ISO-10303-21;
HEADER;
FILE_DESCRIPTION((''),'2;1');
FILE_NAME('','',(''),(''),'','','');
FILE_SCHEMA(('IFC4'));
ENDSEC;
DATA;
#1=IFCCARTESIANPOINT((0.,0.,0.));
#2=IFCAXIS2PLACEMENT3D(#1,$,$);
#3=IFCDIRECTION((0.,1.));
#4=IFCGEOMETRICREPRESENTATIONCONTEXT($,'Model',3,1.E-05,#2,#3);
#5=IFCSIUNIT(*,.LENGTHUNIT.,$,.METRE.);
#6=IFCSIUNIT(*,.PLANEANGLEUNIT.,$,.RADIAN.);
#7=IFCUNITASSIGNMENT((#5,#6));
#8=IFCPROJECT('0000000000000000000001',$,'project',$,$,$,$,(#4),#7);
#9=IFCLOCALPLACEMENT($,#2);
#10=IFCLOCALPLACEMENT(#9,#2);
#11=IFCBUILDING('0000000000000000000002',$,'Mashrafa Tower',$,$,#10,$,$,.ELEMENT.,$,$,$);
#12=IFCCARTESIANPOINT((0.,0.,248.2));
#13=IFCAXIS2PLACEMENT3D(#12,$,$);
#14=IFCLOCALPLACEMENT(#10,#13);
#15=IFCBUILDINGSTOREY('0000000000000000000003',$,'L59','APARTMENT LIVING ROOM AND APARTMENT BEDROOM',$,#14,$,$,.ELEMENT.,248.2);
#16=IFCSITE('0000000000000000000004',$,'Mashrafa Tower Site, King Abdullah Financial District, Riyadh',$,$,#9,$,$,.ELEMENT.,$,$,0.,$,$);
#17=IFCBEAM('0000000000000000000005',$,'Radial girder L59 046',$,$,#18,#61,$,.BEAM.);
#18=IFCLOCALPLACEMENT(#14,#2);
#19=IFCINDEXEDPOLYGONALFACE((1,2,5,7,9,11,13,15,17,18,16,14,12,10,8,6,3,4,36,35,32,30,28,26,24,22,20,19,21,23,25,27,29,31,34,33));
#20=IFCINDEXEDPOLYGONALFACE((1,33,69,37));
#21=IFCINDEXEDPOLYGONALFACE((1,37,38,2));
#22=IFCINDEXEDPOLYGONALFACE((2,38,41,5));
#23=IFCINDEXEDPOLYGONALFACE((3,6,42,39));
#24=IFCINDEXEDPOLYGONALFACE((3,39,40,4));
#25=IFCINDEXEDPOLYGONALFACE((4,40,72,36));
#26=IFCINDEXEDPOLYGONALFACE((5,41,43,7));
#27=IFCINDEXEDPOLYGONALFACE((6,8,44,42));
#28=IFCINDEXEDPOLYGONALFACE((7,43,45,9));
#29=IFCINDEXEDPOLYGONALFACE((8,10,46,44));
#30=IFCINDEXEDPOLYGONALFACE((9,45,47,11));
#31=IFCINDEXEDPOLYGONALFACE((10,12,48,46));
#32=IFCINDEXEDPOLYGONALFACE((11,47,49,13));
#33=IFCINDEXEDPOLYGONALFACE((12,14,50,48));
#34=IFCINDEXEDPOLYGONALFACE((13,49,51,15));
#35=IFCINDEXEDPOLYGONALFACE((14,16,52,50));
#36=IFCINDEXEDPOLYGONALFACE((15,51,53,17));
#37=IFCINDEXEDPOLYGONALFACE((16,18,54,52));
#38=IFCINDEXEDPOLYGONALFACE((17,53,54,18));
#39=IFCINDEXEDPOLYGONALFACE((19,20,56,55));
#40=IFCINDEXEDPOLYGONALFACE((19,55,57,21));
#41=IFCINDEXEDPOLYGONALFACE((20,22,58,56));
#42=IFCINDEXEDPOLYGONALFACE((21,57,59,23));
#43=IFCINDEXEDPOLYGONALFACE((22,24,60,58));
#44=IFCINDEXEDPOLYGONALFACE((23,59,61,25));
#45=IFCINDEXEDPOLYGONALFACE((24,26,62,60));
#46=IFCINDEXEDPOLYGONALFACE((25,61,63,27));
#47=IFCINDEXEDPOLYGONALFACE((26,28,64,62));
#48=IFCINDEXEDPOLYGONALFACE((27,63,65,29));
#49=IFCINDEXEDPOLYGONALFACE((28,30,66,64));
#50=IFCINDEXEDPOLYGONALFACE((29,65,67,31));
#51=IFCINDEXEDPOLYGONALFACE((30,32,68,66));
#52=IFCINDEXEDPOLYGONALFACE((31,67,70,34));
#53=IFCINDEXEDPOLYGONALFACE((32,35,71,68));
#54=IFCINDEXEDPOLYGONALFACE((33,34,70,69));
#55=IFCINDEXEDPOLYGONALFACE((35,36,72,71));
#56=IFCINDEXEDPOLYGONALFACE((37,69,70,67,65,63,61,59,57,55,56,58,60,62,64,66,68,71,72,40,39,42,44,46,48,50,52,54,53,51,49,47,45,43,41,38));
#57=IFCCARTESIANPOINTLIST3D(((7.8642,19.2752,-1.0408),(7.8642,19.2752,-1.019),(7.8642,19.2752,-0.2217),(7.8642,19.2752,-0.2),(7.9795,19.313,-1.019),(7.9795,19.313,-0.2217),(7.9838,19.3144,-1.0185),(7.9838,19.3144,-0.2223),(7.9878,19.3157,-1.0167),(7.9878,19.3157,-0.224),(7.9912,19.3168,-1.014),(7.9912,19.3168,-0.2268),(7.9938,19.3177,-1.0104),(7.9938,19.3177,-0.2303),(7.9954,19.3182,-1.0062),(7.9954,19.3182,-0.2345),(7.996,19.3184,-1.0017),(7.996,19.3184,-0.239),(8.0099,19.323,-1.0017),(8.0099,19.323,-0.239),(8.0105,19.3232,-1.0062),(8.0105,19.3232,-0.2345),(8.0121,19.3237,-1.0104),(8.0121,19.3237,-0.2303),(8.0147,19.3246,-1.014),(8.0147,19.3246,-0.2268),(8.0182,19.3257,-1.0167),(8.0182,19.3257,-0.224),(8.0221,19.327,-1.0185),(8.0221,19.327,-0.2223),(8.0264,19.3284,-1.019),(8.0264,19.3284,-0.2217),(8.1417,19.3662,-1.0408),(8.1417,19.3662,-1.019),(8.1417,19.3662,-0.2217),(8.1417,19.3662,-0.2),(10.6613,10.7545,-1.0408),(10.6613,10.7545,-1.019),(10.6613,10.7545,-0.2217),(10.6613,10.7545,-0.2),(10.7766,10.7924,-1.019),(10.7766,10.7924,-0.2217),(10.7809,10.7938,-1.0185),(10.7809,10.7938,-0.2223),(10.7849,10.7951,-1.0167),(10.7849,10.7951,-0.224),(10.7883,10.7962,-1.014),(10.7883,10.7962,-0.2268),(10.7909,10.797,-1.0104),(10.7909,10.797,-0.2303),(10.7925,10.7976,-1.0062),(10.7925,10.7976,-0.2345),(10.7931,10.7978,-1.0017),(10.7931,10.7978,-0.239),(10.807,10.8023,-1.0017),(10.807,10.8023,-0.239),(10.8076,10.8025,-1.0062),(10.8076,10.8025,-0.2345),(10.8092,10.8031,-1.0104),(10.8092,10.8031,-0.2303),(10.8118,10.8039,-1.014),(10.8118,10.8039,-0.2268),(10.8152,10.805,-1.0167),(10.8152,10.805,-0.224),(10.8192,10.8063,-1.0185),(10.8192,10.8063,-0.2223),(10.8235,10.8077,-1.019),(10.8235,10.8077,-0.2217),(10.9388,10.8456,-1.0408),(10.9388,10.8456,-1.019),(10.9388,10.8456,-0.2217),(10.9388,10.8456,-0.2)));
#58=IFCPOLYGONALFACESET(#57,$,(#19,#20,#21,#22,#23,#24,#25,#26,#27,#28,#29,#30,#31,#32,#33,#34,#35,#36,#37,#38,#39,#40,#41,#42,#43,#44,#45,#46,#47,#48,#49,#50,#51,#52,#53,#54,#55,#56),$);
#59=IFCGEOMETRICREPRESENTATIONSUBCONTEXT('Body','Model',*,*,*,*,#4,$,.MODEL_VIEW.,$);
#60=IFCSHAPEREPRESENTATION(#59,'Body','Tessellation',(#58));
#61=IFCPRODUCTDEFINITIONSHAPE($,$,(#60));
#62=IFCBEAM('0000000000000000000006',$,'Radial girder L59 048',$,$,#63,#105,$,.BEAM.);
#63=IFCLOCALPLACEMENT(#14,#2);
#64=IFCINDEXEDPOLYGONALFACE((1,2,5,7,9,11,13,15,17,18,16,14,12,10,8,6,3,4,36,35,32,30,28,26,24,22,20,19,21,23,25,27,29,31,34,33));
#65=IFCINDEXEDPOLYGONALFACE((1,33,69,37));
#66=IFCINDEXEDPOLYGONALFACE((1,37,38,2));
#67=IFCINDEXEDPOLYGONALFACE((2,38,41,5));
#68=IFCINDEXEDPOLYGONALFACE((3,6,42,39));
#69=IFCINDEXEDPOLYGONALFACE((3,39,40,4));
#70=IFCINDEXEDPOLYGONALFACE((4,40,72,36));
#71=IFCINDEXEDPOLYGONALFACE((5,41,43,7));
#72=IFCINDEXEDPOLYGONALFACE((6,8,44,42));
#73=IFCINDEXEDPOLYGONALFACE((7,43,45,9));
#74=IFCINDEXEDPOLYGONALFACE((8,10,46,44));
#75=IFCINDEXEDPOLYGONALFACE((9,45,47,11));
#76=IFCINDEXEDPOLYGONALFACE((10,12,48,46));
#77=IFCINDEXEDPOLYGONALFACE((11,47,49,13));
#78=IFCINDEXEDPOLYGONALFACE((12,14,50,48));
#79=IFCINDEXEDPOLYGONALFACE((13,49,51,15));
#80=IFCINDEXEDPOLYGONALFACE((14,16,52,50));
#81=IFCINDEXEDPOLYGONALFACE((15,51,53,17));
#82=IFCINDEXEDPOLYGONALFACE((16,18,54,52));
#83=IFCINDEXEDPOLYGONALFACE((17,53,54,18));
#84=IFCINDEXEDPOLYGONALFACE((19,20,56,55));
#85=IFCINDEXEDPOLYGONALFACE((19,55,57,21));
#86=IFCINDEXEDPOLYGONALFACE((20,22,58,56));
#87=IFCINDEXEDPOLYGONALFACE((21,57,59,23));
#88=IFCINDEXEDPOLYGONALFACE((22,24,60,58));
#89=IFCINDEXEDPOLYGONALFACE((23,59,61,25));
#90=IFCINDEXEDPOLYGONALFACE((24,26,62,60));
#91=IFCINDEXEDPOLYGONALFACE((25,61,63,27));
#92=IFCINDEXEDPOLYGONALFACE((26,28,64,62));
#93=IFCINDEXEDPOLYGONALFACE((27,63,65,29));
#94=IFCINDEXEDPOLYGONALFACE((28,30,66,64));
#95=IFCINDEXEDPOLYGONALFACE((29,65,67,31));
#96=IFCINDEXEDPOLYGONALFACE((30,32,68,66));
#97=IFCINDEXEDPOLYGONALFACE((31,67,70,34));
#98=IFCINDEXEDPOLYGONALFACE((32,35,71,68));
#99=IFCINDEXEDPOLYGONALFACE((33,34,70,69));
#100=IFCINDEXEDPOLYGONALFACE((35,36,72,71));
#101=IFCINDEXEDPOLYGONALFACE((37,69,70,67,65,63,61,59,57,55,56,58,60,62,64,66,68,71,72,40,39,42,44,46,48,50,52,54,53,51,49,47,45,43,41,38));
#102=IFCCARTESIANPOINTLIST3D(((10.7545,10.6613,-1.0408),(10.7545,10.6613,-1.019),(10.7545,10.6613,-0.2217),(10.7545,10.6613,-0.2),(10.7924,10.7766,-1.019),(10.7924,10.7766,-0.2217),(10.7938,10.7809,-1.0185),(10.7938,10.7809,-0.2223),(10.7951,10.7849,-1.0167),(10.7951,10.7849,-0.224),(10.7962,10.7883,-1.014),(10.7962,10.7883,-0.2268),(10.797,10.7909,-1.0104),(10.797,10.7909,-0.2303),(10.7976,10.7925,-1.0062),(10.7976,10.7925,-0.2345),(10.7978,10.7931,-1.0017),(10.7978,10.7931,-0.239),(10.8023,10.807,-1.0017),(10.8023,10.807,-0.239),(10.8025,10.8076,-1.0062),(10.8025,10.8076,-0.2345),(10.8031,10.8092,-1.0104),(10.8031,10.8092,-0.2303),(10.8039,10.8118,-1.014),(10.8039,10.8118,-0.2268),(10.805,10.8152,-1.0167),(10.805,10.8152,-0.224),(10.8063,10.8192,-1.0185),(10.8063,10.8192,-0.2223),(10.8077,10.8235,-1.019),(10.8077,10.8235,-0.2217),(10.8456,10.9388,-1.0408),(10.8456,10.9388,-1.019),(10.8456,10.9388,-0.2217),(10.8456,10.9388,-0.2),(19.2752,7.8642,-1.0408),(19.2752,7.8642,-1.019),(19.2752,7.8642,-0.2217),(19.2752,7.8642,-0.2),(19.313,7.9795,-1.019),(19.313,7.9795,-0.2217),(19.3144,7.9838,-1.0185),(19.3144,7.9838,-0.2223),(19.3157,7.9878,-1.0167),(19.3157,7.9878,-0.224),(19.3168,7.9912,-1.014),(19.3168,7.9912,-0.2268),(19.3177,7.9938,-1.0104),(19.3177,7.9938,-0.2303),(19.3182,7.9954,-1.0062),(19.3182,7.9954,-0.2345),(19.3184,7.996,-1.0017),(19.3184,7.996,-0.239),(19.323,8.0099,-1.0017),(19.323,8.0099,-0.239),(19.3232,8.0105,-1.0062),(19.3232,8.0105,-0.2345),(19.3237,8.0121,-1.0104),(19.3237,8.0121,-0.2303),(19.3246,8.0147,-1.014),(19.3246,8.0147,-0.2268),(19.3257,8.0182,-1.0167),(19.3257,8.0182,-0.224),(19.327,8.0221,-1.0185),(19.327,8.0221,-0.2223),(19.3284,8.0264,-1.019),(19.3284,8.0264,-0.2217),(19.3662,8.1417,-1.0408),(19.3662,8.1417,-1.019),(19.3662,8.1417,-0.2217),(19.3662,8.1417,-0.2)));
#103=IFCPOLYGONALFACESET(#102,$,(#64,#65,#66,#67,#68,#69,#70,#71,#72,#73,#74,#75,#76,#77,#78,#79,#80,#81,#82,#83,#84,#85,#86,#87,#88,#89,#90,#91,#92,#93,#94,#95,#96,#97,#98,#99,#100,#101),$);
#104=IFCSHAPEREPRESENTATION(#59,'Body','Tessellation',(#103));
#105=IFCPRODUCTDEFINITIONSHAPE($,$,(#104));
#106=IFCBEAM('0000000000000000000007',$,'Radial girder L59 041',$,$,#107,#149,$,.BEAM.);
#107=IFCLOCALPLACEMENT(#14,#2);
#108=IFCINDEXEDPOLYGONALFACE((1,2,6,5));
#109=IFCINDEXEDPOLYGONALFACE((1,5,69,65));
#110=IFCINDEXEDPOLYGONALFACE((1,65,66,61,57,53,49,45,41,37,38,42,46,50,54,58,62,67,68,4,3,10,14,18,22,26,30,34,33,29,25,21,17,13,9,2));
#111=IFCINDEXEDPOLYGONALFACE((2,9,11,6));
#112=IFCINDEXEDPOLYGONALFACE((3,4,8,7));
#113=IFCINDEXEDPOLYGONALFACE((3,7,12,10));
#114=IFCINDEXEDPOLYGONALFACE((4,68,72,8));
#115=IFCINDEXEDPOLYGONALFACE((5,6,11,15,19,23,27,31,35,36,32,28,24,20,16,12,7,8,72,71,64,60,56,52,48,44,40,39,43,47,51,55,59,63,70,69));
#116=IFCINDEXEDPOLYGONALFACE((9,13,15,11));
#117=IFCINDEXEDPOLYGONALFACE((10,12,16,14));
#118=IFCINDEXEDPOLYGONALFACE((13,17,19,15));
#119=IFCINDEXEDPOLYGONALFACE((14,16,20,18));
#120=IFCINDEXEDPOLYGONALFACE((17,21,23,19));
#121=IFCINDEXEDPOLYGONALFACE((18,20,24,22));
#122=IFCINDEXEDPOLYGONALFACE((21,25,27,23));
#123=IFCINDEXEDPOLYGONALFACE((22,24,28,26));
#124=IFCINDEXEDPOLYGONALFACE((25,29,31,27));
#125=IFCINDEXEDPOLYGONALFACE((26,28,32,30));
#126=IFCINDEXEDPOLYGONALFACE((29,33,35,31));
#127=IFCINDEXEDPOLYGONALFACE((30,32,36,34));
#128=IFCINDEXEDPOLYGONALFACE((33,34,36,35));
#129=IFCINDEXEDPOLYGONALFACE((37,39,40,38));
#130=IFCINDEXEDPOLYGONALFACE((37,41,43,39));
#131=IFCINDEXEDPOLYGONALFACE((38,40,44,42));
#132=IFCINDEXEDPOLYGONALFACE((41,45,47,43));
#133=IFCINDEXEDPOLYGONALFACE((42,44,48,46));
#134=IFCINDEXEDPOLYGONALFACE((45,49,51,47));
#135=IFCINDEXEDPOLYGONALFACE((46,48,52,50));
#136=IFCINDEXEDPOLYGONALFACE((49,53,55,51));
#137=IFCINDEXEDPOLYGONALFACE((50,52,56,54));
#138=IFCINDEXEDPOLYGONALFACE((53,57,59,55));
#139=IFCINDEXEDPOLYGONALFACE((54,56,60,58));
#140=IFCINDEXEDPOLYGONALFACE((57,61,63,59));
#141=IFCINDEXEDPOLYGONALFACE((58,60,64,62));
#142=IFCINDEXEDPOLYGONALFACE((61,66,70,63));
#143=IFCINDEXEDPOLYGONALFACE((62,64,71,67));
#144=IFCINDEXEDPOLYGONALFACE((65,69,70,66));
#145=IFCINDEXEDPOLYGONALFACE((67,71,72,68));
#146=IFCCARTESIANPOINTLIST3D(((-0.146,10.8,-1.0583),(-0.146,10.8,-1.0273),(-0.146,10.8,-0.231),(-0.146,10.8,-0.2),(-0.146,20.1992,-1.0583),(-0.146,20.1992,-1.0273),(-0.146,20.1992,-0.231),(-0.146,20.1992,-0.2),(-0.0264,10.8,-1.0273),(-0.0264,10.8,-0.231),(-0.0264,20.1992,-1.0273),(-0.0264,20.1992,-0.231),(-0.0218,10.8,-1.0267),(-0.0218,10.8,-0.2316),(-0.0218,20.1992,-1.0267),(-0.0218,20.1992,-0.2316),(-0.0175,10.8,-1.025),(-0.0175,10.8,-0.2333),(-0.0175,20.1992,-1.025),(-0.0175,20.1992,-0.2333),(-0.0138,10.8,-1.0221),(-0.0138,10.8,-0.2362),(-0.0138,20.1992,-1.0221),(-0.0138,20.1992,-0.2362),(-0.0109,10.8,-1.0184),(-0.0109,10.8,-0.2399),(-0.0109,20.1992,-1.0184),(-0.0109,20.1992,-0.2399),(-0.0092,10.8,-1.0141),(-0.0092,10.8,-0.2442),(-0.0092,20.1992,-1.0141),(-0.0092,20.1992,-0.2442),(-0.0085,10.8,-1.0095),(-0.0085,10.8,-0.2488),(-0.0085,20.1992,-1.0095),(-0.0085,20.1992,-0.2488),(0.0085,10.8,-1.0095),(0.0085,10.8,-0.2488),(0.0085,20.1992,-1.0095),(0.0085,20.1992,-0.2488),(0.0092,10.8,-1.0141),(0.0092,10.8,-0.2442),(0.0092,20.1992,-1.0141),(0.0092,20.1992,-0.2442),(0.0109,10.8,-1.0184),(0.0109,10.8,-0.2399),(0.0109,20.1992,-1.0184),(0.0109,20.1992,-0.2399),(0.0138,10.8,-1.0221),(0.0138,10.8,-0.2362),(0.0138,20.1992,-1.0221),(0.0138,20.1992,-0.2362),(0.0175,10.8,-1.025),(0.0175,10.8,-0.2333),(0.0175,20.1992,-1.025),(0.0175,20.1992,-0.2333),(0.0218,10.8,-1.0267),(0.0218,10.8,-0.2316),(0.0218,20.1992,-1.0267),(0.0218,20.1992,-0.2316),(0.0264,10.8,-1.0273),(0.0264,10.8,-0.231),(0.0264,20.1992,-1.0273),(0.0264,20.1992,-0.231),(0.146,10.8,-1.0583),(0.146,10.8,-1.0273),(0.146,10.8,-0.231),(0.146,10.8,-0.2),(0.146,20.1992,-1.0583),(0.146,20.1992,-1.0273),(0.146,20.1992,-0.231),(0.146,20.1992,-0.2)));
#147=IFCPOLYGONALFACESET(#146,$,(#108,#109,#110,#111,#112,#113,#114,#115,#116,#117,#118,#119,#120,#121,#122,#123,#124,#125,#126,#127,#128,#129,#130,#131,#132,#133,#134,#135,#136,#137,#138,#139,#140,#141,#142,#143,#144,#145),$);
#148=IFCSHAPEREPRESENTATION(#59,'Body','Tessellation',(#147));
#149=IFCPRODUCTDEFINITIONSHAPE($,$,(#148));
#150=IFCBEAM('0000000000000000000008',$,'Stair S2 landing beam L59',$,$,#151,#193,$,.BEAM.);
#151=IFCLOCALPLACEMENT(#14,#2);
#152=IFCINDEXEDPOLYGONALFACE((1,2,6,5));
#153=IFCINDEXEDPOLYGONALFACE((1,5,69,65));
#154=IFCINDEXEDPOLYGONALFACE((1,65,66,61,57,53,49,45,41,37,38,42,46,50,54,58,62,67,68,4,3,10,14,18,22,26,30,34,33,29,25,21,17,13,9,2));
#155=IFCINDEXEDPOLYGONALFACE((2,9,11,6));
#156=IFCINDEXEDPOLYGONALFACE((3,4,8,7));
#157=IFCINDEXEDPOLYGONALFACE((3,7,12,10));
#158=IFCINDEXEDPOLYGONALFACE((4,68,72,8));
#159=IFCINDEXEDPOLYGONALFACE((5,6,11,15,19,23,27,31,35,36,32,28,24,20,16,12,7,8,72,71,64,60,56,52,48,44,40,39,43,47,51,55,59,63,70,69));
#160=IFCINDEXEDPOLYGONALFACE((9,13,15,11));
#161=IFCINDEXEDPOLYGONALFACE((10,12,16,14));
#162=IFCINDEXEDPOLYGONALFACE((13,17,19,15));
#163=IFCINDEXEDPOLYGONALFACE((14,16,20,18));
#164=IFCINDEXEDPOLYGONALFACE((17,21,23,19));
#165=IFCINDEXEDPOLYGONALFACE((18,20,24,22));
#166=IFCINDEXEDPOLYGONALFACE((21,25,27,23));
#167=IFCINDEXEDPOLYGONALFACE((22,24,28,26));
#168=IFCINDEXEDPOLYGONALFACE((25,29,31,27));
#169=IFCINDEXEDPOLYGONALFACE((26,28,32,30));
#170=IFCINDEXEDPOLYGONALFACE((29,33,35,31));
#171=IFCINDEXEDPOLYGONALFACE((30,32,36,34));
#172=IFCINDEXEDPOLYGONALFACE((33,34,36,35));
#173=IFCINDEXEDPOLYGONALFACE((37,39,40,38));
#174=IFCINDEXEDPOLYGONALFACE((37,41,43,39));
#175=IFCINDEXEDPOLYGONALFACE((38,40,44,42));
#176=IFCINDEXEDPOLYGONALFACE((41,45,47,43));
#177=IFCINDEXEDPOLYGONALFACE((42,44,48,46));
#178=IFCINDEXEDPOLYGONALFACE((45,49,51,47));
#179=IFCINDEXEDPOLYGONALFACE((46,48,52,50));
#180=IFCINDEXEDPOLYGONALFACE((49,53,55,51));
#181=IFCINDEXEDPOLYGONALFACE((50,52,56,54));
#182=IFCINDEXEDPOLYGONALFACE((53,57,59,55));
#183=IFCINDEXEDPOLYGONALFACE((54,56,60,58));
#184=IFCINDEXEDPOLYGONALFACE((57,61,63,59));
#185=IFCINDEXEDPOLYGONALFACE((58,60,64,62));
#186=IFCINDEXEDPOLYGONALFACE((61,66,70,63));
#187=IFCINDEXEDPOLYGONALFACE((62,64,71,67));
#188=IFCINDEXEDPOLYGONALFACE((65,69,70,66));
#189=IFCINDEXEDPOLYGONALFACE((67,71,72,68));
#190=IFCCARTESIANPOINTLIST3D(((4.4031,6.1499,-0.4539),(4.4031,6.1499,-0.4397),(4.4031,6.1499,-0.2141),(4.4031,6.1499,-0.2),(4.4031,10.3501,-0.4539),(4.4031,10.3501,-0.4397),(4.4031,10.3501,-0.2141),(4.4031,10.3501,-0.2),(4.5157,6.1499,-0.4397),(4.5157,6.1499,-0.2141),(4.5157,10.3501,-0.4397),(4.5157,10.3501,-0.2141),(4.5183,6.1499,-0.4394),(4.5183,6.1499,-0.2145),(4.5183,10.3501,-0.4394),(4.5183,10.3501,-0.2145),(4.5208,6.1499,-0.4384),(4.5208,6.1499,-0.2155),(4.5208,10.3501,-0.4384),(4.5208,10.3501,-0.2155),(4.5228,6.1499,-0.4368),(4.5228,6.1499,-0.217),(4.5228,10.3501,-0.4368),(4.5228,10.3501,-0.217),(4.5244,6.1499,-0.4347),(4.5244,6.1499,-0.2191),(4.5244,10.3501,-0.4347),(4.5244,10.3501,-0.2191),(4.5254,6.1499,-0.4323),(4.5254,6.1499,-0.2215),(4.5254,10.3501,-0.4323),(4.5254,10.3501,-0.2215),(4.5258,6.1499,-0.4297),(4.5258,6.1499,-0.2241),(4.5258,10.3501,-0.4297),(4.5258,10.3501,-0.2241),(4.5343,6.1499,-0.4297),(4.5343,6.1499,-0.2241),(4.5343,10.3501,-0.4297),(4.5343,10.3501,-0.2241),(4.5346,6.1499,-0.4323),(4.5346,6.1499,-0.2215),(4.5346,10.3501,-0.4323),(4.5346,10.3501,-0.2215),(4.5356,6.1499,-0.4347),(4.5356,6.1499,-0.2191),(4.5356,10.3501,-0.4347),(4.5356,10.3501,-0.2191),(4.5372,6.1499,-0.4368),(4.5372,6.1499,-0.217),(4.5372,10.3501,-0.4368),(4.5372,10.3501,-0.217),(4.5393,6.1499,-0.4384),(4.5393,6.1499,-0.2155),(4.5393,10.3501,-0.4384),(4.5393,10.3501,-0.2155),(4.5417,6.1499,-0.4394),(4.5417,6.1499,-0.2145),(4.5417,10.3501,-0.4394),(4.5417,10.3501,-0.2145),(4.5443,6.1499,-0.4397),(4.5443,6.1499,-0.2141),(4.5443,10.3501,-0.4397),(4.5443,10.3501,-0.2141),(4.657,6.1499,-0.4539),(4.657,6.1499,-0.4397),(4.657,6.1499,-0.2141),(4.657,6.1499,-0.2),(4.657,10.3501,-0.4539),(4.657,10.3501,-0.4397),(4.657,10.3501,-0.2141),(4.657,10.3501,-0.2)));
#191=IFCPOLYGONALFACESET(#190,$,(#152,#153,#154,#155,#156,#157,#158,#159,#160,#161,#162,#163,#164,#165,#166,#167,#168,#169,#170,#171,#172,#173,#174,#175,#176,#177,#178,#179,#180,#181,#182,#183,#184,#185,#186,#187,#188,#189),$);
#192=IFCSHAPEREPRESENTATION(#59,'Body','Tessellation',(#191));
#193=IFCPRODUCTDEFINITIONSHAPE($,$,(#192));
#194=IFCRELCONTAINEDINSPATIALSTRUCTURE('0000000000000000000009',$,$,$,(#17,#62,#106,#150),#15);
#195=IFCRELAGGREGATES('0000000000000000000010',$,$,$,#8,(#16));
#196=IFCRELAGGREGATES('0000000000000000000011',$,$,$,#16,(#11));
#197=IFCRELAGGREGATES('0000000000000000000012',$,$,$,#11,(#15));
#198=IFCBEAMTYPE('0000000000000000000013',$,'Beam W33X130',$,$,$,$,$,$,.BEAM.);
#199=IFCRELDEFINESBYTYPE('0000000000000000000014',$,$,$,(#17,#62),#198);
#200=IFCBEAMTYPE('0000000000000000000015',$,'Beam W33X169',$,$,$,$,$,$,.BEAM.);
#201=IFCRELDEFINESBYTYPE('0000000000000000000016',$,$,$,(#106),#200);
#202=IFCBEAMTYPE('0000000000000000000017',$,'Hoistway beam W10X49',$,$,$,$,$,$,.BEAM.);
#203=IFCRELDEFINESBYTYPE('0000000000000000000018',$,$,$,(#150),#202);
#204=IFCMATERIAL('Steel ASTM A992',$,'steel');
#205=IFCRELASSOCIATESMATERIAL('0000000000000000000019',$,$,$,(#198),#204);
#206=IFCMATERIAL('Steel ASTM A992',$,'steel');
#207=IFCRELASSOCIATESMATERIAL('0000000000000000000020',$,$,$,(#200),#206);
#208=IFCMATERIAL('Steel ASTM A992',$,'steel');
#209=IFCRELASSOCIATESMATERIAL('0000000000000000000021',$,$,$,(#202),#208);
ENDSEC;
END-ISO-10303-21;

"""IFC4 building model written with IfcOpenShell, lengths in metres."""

from ifc_helpers import new_model, si_unit, direction, frame, origin, origin_2d, place, context, subcontext, project, spatial, i_section, extrude, material, material_profile, profile_set, type_object, element, save


model = new_model("IFC4")

# Units and contexts
model_context = context("Model", 3, precision=1e-05, world=origin(), true_north=direction((0.0, 1.0)))
body_context = subcontext(model_context, "Body", "Model", "MODEL_VIEW")
ifc_project = project(units=[si_unit("LENGTHUNIT", "METRE"), si_unit("PLANEANGLEUNIT", "RADIAN")], contexts=[model_context])

# Site, building, storey
site_placement = place(None, origin())
site = spatial("IfcSite", under=ifc_project, at=site_placement, Name="Mashrafa Tower Site, King Abdullah Financial District, Riyadh", CompositionType="ELEMENT", RefElevation=0.0)
building_placement = place(site_placement, origin())
building = spatial("IfcBuilding", under=site, at=building_placement, Name="Mashrafa Tower", CompositionType="ELEMENT")
storey_placement = place(building_placement, frame((0.0, 0.0, 248.2)))
storey = spatial("IfcBuildingStorey", under=building, at=storey_placement, Name="L59", Description="APARTMENT LIVING ROOM AND APARTMENT BEDROOM", CompositionType="ELEMENT", Elevation=248.2)

# Beams
ifc_material_1 = material(Name="Steel ASTM A992", Category="steel")
ifc_material_profile_1 = material_profile(ifc_material_1, i_section(OverallWidth=0.292, OverallDepth=0.8408, WebThickness=0.0146, FlangeThickness=0.0217, FilletRadius=0.0173, at=origin_2d()), Name="W33X130")
ifc_profile_set_1 = profile_set([ifc_material_profile_1], Name="Steel ASTM A992")
beam_type_1 = type_object("IfcBeamType", Name="Beam W33X130", PredefinedType="BEAM", material=ifc_profile_set_1)
for number, where, z_axis, x_axis, name in (
    (1, (10.8, 10.8, -0.6204), (-0.311896, 0.950116, 0.0), (-0.950116, -0.311896, 0.0), "Radial girder L59 046"),
    (2, (10.8, 10.8, -0.6204), (0.950116, -0.311896, 0.0), (0.311896, 0.950116, 0.0), "Radial girder L59 048"),
):
    element("IfcBeam", number, at=place(storey_placement, frame(where, z_axis=z_axis, x_axis=x_axis)), inside=storey, type_object=beam_type_1, Name=name, PredefinedType="BEAM", context=body_context, shape_type="SweptSolid", body=[
        extrude(i_section(OverallWidth=0.292, OverallDepth=0.8408, WebThickness=0.0146, FlangeThickness=0.0217, FilletRadius=0.0173, at=origin_2d()), origin(), (0.0, 0.0, 1.0), 8.968),
    ])
ifc_material_2 = material(Name="Steel ASTM A992", Category="steel")
ifc_material_profile_2 = material_profile(ifc_material_2, i_section(OverallWidth=0.292, OverallDepth=0.8584, WebThickness=0.0171, FlangeThickness=0.031, FilletRadius=0.0178, at=origin_2d()), Name="W33X169")
ifc_profile_set_2 = profile_set([ifc_material_profile_2], Name="Steel ASTM A992")
beam_type_2 = type_object("IfcBeamType", Name="Beam W33X169", PredefinedType="BEAM", material=ifc_profile_set_2)
beam_1_placement = place(storey_placement, frame((0.0, 10.8, -0.6292), z_axis=(0.0, 1.0, 0.0), x_axis=(-1.0, 0.0, 0.0)))
element("IfcBeam", 3, at=beam_1_placement, inside=storey, type_object=beam_type_2, Name="Radial girder L59 041", PredefinedType="BEAM", context=body_context, shape_type="SweptSolid", body=[
    extrude(i_section(OverallWidth=0.292, OverallDepth=0.8584, WebThickness=0.0171, FlangeThickness=0.031, FilletRadius=0.0178, at=origin_2d()), origin(), (0.0, 0.0, 1.0), 9.3992),
])
ifc_material_3 = material(Name="Steel ASTM A992", Category="steel")
ifc_material_profile_3 = material_profile(ifc_material_3, i_section(OverallWidth=0.2539, OverallDepth=0.2539, WebThickness=0.0085, FlangeThickness=0.0142, FilletRadius=0.01, at=origin_2d()), Name="W10X49")
ifc_profile_set_3 = profile_set([ifc_material_profile_3], Name="Steel ASTM A992")
beam_type_3 = type_object("IfcBeamType", Name="Hoistway beam W10X49", PredefinedType="BEAM", material=ifc_profile_set_3)
beam_2_placement = place(storey_placement, frame((4.53, 6.1499, -0.3269), z_axis=(0.0, 1.0, 0.0), x_axis=(-1.0, 0.0, 0.0)))
element("IfcBeam", 4, at=beam_2_placement, inside=storey, type_object=beam_type_3, Name="Stair S2 landing beam L59", PredefinedType="BEAM", context=body_context, shape_type="SweptSolid", body=[
    extrude(i_section(OverallWidth=0.2539, OverallDepth=0.2539, WebThickness=0.0085, FlangeThickness=0.0142, FilletRadius=0.01, at=origin_2d()), origin(), (0.0, 0.0, 1.0), 4.2002),
])

save(model, "model.ifc")
